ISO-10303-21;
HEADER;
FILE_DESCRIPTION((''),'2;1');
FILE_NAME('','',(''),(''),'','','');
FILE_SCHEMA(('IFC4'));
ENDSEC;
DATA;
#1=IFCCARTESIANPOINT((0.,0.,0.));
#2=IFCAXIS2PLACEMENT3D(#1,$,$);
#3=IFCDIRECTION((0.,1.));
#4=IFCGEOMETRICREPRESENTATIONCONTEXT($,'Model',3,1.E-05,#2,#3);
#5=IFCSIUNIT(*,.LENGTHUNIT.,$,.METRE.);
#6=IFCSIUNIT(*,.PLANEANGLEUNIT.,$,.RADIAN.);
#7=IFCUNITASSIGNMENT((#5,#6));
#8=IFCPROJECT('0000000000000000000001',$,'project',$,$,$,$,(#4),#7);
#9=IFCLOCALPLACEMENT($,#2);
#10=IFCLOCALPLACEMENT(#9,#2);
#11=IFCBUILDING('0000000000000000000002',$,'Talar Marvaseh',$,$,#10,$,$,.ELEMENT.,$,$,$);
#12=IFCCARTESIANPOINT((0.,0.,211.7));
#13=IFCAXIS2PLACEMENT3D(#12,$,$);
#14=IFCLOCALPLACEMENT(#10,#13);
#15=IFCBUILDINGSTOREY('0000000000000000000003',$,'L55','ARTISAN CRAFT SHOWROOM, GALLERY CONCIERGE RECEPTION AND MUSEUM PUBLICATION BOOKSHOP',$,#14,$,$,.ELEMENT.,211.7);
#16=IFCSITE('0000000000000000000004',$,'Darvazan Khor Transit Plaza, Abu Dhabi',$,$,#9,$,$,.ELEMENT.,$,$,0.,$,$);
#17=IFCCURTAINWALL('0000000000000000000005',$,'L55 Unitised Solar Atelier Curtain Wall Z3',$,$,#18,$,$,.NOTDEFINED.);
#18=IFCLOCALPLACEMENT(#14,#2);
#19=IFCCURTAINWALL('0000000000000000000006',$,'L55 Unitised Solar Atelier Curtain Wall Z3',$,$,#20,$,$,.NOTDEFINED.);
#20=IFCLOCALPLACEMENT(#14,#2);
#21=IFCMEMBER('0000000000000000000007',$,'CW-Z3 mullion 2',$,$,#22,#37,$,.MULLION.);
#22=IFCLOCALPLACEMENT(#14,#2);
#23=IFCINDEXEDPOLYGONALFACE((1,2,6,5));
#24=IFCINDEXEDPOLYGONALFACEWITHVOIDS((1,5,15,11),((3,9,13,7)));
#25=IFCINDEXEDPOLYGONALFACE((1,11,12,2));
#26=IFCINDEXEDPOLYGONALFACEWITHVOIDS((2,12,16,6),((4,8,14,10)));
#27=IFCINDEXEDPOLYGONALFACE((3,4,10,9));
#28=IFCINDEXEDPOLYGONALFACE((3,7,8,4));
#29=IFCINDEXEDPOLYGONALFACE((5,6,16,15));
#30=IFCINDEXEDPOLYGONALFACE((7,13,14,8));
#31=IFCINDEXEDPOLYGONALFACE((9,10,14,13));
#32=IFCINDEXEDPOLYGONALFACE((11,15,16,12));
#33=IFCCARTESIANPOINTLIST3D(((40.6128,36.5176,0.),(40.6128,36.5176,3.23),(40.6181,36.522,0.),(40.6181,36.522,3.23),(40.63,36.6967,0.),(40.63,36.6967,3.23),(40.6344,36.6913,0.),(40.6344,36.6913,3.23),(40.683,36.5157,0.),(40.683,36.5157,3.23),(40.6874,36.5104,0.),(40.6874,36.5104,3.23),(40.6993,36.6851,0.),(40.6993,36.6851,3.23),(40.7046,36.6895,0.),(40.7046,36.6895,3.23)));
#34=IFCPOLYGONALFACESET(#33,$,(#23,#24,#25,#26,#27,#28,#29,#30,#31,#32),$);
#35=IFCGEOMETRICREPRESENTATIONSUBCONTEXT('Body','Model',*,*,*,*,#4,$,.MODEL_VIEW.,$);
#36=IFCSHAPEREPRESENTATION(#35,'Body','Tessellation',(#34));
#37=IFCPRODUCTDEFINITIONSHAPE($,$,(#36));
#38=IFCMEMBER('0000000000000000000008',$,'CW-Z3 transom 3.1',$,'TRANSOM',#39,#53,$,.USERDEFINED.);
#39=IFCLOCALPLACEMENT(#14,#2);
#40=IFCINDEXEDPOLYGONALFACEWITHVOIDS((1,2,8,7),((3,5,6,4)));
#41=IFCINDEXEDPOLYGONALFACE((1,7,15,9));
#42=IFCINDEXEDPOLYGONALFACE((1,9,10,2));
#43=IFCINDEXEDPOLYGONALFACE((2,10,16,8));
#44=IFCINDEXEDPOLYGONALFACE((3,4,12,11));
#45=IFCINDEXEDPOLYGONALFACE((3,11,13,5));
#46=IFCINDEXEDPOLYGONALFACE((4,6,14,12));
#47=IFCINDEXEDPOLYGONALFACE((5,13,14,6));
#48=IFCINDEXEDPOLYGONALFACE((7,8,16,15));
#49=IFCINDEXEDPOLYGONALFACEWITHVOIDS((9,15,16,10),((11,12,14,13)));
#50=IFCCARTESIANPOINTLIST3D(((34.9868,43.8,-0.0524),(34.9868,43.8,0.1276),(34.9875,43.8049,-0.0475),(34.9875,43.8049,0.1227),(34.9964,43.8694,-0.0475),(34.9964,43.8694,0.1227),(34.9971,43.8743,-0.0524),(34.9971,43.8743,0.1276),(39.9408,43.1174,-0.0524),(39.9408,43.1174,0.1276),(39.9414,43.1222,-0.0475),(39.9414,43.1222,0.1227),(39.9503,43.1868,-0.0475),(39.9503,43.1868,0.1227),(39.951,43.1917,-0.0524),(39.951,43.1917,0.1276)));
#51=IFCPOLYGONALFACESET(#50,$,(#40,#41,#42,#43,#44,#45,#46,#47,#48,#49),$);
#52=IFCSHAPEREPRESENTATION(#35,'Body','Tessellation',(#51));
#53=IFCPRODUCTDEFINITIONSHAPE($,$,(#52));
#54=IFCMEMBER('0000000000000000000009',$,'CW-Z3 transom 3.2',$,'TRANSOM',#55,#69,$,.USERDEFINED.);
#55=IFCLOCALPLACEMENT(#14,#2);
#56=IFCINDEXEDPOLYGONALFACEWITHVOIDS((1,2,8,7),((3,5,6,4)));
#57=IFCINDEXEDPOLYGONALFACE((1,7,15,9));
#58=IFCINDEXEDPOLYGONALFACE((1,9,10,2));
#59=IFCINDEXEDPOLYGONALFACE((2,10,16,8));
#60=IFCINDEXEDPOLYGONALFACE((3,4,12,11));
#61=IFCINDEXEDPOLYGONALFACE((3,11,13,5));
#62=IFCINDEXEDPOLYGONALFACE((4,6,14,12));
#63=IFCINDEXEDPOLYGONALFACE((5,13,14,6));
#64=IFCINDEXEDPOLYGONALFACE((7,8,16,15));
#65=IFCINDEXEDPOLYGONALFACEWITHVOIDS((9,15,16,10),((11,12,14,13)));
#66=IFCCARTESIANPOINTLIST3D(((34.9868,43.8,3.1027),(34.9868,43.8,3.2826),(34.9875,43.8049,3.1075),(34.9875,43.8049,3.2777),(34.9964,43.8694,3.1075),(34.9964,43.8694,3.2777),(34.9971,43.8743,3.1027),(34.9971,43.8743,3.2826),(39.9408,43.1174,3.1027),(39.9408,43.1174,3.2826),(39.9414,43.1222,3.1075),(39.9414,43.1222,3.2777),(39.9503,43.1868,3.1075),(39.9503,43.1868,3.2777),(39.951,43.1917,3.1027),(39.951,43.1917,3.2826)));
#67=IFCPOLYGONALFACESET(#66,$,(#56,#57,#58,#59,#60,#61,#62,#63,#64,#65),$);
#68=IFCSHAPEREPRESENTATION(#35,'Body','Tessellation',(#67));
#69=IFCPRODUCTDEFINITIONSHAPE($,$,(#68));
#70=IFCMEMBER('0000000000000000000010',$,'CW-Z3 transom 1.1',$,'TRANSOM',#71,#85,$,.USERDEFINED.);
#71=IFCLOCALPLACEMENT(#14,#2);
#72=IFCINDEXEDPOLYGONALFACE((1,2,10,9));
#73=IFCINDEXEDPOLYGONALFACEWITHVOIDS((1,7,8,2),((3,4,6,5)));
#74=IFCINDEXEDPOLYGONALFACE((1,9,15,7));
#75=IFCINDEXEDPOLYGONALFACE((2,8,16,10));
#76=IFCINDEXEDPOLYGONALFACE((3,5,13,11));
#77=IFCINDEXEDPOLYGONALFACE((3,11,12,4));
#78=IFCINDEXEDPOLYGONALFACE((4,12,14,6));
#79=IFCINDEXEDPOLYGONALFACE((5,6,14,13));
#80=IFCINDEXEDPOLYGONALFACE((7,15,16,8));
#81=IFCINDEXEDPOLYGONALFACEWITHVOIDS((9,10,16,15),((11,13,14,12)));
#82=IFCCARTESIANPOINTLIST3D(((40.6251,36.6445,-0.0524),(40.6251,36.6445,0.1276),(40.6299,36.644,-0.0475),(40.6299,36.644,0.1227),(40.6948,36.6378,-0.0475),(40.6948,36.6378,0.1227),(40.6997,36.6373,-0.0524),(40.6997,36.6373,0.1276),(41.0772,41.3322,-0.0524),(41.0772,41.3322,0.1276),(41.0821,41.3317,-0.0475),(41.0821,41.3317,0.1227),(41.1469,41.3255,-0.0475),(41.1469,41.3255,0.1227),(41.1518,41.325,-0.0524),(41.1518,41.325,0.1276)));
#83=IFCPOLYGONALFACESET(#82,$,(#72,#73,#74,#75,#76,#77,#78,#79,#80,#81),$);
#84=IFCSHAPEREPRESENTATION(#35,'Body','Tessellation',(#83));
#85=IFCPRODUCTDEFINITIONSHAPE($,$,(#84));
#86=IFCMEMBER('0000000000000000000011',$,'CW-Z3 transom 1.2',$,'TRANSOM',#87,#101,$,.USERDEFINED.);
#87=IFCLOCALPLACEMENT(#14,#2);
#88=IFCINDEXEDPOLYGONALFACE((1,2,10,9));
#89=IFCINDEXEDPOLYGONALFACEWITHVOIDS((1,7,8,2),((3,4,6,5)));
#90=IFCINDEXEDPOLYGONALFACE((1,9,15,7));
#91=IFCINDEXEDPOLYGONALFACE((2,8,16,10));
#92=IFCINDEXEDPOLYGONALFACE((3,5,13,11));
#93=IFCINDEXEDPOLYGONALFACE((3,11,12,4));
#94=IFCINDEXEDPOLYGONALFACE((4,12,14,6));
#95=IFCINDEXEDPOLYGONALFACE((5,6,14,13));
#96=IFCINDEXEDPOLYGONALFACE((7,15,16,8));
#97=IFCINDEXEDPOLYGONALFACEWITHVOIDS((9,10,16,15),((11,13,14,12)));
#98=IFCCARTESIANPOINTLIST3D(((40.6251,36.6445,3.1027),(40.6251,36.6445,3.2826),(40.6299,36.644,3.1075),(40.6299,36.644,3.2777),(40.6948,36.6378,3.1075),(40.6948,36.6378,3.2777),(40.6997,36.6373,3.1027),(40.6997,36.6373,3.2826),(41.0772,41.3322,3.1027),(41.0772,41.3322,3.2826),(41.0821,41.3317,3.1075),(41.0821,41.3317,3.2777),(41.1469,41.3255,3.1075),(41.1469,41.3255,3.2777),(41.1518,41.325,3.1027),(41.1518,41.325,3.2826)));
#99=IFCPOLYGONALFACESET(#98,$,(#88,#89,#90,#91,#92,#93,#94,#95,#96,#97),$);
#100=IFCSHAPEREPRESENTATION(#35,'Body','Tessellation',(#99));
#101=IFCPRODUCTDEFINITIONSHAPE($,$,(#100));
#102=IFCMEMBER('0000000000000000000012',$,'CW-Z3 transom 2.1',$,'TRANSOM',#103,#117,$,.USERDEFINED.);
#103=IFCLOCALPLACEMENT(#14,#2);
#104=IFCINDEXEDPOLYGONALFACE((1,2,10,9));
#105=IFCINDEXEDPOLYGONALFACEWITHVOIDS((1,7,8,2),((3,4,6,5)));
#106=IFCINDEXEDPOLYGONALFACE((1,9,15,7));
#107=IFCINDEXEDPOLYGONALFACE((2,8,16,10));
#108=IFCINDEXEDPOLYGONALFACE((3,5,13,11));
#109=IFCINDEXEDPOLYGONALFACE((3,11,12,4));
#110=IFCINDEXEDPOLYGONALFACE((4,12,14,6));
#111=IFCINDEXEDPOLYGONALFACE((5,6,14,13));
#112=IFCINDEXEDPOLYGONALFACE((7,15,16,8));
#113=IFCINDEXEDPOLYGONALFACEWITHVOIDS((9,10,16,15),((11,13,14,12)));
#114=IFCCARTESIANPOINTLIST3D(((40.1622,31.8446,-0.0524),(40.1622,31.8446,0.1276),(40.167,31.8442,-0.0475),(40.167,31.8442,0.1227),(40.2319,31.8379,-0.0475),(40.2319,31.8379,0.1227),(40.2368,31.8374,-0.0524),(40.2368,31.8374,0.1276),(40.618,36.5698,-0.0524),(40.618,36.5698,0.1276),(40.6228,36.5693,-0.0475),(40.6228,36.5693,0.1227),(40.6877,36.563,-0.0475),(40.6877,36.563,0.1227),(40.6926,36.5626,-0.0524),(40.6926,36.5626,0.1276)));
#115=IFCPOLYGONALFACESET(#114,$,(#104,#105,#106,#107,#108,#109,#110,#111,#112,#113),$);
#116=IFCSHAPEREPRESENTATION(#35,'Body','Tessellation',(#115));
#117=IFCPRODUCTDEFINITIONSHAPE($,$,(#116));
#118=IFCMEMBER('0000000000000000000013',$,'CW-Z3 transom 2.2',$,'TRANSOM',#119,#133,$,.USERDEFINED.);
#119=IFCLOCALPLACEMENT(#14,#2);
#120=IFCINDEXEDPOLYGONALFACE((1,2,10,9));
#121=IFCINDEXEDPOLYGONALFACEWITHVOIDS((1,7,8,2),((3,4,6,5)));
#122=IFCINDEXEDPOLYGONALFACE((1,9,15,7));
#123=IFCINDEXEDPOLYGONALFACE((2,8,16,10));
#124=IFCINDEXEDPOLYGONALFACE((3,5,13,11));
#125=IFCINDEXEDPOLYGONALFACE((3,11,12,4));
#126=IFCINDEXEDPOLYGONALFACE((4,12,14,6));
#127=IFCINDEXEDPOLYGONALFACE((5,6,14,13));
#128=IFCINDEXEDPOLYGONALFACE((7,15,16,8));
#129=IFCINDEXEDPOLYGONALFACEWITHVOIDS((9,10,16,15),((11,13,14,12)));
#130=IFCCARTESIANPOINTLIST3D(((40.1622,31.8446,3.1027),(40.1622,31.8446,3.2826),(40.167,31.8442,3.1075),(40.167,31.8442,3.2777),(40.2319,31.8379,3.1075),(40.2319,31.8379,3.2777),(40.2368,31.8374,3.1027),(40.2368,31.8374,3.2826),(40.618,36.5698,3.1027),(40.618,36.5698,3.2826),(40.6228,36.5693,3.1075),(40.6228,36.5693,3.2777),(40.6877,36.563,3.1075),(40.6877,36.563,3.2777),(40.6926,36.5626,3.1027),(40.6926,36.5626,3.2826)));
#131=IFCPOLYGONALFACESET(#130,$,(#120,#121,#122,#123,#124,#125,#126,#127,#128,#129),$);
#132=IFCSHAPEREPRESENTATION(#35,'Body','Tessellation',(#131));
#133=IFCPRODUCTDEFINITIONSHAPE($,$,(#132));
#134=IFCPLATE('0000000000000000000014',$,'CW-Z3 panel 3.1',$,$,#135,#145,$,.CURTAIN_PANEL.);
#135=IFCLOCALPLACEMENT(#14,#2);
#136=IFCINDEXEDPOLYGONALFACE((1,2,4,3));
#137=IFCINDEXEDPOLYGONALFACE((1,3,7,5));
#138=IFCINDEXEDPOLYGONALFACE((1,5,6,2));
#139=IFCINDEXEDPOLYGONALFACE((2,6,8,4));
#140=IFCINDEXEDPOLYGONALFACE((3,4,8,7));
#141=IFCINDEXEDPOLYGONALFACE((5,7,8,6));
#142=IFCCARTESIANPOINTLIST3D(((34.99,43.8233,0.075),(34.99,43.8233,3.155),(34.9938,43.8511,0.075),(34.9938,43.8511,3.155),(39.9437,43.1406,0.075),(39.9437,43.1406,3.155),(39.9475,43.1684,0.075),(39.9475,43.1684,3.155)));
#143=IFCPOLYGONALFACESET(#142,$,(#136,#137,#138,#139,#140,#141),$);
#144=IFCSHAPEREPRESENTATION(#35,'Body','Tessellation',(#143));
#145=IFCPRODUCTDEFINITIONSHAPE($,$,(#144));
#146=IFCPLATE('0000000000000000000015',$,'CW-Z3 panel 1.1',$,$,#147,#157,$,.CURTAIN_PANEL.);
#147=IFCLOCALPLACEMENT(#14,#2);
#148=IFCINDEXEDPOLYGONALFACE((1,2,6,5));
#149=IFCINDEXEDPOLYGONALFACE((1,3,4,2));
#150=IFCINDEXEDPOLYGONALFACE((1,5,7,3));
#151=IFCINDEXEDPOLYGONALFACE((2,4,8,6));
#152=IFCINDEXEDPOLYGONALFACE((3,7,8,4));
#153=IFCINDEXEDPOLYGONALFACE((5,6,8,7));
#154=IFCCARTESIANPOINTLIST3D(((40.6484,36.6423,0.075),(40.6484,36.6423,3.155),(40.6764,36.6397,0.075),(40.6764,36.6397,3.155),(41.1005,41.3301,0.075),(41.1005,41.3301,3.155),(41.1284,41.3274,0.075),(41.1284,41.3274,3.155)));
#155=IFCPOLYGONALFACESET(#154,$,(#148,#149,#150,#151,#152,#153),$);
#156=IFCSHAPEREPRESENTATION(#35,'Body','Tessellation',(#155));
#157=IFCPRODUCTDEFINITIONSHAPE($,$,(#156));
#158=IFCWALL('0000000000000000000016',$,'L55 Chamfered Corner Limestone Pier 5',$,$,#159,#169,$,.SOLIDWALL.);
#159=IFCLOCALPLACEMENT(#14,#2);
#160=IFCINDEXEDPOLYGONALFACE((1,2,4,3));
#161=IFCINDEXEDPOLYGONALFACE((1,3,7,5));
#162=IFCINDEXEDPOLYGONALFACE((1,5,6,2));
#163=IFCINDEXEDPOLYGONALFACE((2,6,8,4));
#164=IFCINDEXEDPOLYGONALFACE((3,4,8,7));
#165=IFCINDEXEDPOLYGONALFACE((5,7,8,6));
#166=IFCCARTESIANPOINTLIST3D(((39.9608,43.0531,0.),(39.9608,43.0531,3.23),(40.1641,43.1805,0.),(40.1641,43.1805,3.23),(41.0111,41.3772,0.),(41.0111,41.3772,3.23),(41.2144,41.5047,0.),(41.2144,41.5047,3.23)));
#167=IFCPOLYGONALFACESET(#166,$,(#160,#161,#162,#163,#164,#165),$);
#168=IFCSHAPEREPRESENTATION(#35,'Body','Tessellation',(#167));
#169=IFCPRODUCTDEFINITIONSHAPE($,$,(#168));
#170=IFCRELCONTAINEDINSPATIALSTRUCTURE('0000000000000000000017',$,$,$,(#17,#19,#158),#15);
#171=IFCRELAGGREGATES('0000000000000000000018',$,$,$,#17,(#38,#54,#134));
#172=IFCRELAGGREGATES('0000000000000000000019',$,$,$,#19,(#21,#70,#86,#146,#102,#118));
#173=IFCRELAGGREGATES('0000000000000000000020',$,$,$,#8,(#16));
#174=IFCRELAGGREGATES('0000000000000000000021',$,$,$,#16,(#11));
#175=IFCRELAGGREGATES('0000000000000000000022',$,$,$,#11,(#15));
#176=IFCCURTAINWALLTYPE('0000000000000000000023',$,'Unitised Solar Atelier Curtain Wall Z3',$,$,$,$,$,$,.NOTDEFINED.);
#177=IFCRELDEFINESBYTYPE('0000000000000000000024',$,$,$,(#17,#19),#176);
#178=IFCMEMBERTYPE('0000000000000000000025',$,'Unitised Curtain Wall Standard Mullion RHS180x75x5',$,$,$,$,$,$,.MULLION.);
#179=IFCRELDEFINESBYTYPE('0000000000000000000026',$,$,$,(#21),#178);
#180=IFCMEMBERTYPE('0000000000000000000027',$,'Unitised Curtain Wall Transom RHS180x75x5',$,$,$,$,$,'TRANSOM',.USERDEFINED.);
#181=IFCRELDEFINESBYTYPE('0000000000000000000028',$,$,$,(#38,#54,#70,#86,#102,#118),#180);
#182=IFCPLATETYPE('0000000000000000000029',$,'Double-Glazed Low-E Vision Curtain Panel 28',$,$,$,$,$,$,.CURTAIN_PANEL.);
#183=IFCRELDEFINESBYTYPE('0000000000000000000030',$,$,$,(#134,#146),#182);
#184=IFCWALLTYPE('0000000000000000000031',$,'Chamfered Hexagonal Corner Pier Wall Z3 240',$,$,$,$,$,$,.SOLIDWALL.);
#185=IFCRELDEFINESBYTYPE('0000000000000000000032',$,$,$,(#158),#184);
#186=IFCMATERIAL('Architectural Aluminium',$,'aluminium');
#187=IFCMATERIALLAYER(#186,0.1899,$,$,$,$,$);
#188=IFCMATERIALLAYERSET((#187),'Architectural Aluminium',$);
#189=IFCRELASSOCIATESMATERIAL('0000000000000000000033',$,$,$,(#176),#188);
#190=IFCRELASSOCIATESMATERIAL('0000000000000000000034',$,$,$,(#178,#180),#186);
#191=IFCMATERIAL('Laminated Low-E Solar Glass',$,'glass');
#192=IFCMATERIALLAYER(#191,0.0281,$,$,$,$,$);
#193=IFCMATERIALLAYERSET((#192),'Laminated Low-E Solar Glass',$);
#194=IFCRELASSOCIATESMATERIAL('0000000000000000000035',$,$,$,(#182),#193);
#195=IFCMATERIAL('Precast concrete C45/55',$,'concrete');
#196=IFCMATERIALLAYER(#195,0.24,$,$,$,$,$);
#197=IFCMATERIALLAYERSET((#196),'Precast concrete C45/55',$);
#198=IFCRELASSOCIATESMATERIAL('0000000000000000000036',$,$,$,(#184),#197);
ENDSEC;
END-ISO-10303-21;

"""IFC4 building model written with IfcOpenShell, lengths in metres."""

from ifc_helpers import new_model, si_unit, direction, frame, frame_2d, origin, origin_2d, place, context, subcontext, project, spatial, rectangle, hollow_rectangle, extrude, source, transform, mapped, material, layer, layer_set, material_profile, profile_set, type_object, type_shapes, element, aggregate, save


model = new_model("IFC4")

# Units and contexts
model_context = context("Model", 3, precision=1e-05, world=origin(), true_north=direction((0.0, 1.0)))
body_context = subcontext(model_context, "Body", "Model", "MODEL_VIEW")
ifc_project = project(units=[si_unit("LENGTHUNIT", "METRE"), si_unit("PLANEANGLEUNIT", "RADIAN")], contexts=[model_context])

# Site, building, storey
site_placement = place(None, origin())
site = spatial("IfcSite", under=ifc_project, at=site_placement, Name="Darvazan Khor Transit Plaza, Abu Dhabi", CompositionType="ELEMENT", RefElevation=0.0)
building_placement = place(site_placement, origin())
building = spatial("IfcBuilding", under=site, at=building_placement, Name="Talar Marvaseh", CompositionType="ELEMENT")
storey_placement = place(building_placement, frame((0.0, 0.0, 211.7)))
storey = spatial("IfcBuildingStorey", under=building, at=storey_placement, Name="L55", Description="ARTISAN CRAFT SHOWROOM, GALLERY CONCIERGE RECEPTION AND MUSEUM PUBLICATION BOOKSHOP", CompositionType="ELEMENT", Elevation=211.7)

# Curtain walls, member
ifc_material_1 = material(Name="Architectural Aluminium", Category="aluminium")
ifc_layer_1 = layer(ifc_material_1, 0.1899)
ifc_layer_set_1 = layer_set([ifc_layer_1], Name="Architectural Aluminium")
curtain_wall_type = type_object("IfcCurtainWallType", Name="Unitised Solar Atelier Curtain Wall Z3", PredefinedType="NOTDEFINED", material=ifc_layer_set_1)
curtain_wall_1_placement = place(storey_placement, origin())
curtain_wall_1 = element("IfcCurtainWall", 1, at=curtain_wall_1_placement, inside=storey, type_object=curtain_wall_type, Name="L55 Unitised Solar Atelier Curtain Wall Z3", PredefinedType="NOTDEFINED")
ifc_material_profile_1 = material_profile(ifc_material_1, hollow_rectangle(XDim=0.075, YDim=0.1799, WallThickness=0.0049, at=origin_2d()), Name="RHS180x75x5")
ifc_profile_set_1 = profile_set([ifc_material_profile_1], Name="Architectural Aluminium")
member_type_1 = type_object("IfcMemberType", Name="Unitised Curtain Wall Standard Mullion RHS180x75x5", PredefinedType="MULLION", material=ifc_profile_set_1)
shared_shape_1 = source(origin(), body_context, "Body", "SweptSolid", [
    extrude(hollow_rectangle(XDim=0.075, YDim=0.1799, WallThickness=0.0049, at=origin_2d()), origin(), (0.0, 0.0, 1.0), 3.23),
])
type_shapes(member_type_1, [shared_shape_1])
curtain_wall_2_placement = place(storey_placement, origin())
curtain_wall_2 = element("IfcCurtainWall", 2, at=curtain_wall_2_placement, inside=storey, type_object=curtain_wall_type, Name="L55 Unitised Solar Atelier Curtain Wall Z3", PredefinedType="NOTDEFINED")
member_1_placement = place(storey_placement, frame((40.6587, 36.6035, 0.0), z_axis=(0.0, 0.0, 1.0), x_axis=(0.995382, -0.095997, 0.0)))
member_1 = element("IfcMember", 3, at=member_1_placement, type_object=member_type_1, Name="CW-Z3 mullion 2", PredefinedType="MULLION", context=body_context, shape_type="MappedRepresentation", body=[
    mapped(shared_shape_1, transform((0.0, 0.0, 0.0), x_axis=(1.0, 0.0, 0.0), y_axis=(0.0, 1.0, 0.0), z_axis=(0.0, 0.0, 1.0), scale=1.0)),
])

# Members
ifc_material_profile_2 = material_profile(ifc_material_1, hollow_rectangle(XDim=0.075, YDim=0.1799, WallThickness=0.0049, at=origin_2d()), Name="RHS180x75x5")
ifc_profile_set_2 = profile_set([ifc_material_profile_2], Name="Architectural Aluminium")
member_type_2 = type_object("IfcMemberType", Name="Unitised Curtain Wall Transom RHS180x75x5", ElementType="TRANSOM", PredefinedType="USERDEFINED", material=ifc_profile_set_2)
shared_shape_2 = source(origin(), body_context, "Body", "SweptSolid", [
    extrude(hollow_rectangle(XDim=0.075, YDim=0.1799, WallThickness=0.0049, at=origin_2d()), origin(), (0.0, 0.0, 1.0), 5.0007),
])
member_2_placement = place(storey_placement, frame((34.9919, 43.8372, 0.0376), z_axis=(0.990639, -0.136505, 0.0), x_axis=(0.136505, 0.990639, 0.0)))
member_2 = element("IfcMember", 4, at=member_2_placement, type_object=member_type_2, Name="CW-Z3 transom 3.1", ObjectType="TRANSOM", PredefinedType="USERDEFINED", context=body_context, shape_type="MappedRepresentation", body=[
    mapped(shared_shape_2, transform((0.0, 0.0, 0.0), x_axis=(1.0, 0.0, 0.0), y_axis=(0.0, 1.0, 0.0), z_axis=(0.0, 0.0, 1.0), scale=1.0)),
])
member_3_placement = place(storey_placement, frame((34.9919, 43.8372, 3.1926), z_axis=(0.990639, -0.136505, 0.0), x_axis=(0.136505, 0.990639, 0.0)))
member_3 = element("IfcMember", 5, at=member_3_placement, type_object=member_type_2, Name="CW-Z3 transom 3.2", ObjectType="TRANSOM", PredefinedType="USERDEFINED", context=body_context, shape_type="MappedRepresentation", body=[
    mapped(shared_shape_2, transform((0.0, 0.0, 0.0), x_axis=(1.0, 0.0, 0.0), y_axis=(0.0, 1.0, 0.0), z_axis=(0.0, 0.0, 1.0), scale=1.0)),
])
shared_shape_3 = source(origin(), body_context, "Body", "SweptSolid", [
    extrude(hollow_rectangle(XDim=0.075, YDim=0.1799, WallThickness=0.0049, at=origin_2d()), origin(), (0.0, 0.0, 1.0), 4.7095),
])
member_4_placement = place(storey_placement, frame((41.1145, 41.3286, 0.0376), z_axis=(-0.096008, -0.995381, 0.0), x_axis=(0.995381, -0.096008, 0.0)))
member_4 = element("IfcMember", 6, at=member_4_placement, type_object=member_type_2, Name="CW-Z3 transom 1.1", ObjectType="TRANSOM", PredefinedType="USERDEFINED", context=body_context, shape_type="MappedRepresentation", body=[
    mapped(shared_shape_3, transform((0.0, 0.0, 0.0), x_axis=(1.0, 0.0, 0.0), y_axis=(0.0, 1.0, 0.0), z_axis=(0.0, 0.0, 1.0), scale=1.0)),
])
member_5_placement = place(storey_placement, frame((41.1145, 41.3286, 3.1926), z_axis=(-0.096008, -0.995381, 0.0), x_axis=(0.995381, -0.096008, 0.0)))
member_5 = element("IfcMember", 7, at=member_5_placement, type_object=member_type_2, Name="CW-Z3 transom 1.2", ObjectType="TRANSOM", PredefinedType="USERDEFINED", context=body_context, shape_type="MappedRepresentation", body=[
    mapped(shared_shape_3, transform((0.0, 0.0, 0.0), x_axis=(1.0, 0.0, 0.0), y_axis=(0.0, 1.0, 0.0), z_axis=(0.0, 0.0, 1.0), scale=1.0)),
])
shared_shape_4 = source(origin(), body_context, "Body", "SweptSolid", [
    extrude(hollow_rectangle(XDim=0.075, YDim=0.1799, WallThickness=0.0049, at=origin_2d()), origin(), (0.0, 0.0, 1.0), 4.7471),
])
type_shapes(member_type_2, [shared_shape_2, shared_shape_3, shared_shape_4])
member_6_placement = place(storey_placement, frame((40.6553, 36.5662, 0.0376), z_axis=(-0.09602, -0.995379, 0.0), x_axis=(0.995379, -0.09602, 0.0)))
member_6 = element("IfcMember", 8, at=member_6_placement, type_object=member_type_2, Name="CW-Z3 transom 2.1", ObjectType="TRANSOM", PredefinedType="USERDEFINED", context=body_context, shape_type="MappedRepresentation", body=[
    mapped(shared_shape_4, transform((0.0, 0.0, 0.0), x_axis=(1.0, 0.0, 0.0), y_axis=(0.0, 1.0, 0.0), z_axis=(0.0, 0.0, 1.0), scale=1.0)),
])
member_7_placement = place(storey_placement, frame((40.6553, 36.5662, 3.1926), z_axis=(-0.09602, -0.995379, 0.0), x_axis=(0.995379, -0.09602, 0.0)))
member_7 = element("IfcMember", 9, at=member_7_placement, type_object=member_type_2, Name="CW-Z3 transom 2.2", ObjectType="TRANSOM", PredefinedType="USERDEFINED", context=body_context, shape_type="MappedRepresentation", body=[
    mapped(shared_shape_4, transform((0.0, 0.0, 0.0), x_axis=(1.0, 0.0, 0.0), y_axis=(0.0, 1.0, 0.0), z_axis=(0.0, 0.0, 1.0), scale=1.0)),
])

# Plates
ifc_material_2 = material(Name="Laminated Low-E Solar Glass", Category="glass")
ifc_layer_2 = layer(ifc_material_2, 0.0281)
ifc_layer_set_2 = layer_set([ifc_layer_2], Name="Laminated Low-E Solar Glass")
plate_type = type_object("IfcPlateType", Name="Double-Glazed Low-E Vision Curtain Panel 28", PredefinedType="CURTAIN_PANEL", material=ifc_layer_set_2)
shared_shape_5 = source(origin(), body_context, "Body", "SweptSolid", [
    extrude(rectangle(XDim=5.0005, YDim=0.0281, at=origin_2d()), origin(), (0.0, 0.0, 1.0), 3.0801),
])
plate_1_placement = place(storey_placement, frame((37.4688, 43.4958, 0.075), z_axis=(0.0, 0.0, 1.0), x_axis=(0.990638, -0.136515, 0.0)))
plate_1 = element("IfcPlate", 10, at=plate_1_placement, type_object=plate_type, Name="CW-Z3 panel 3.1", PredefinedType="CURTAIN_PANEL", context=body_context, shape_type="MappedRepresentation", body=[
    mapped(shared_shape_5, transform((0.0, 0.0, 0.0), x_axis=(1.0, 0.0, 0.0), y_axis=(0.0, 1.0, 0.0), z_axis=(0.0, 0.0, 1.0), scale=1.0)),
])
aggregate(curtain_wall_1, [member_2, member_3, plate_1])
shared_shape_6 = source(origin(), body_context, "Body", "SweptSolid", [
    extrude(rectangle(XDim=4.7095, YDim=0.0281, at=origin_2d()), origin(), (0.0, 0.0, 1.0), 3.0801),
])
type_shapes(plate_type, [shared_shape_5, shared_shape_6])
plate_2_placement = place(storey_placement, frame((40.8884, 38.9849, 0.075), z_axis=(0.0, 0.0, 1.0), x_axis=(-0.095997, -0.995382, 0.0)))
plate_2 = element("IfcPlate", 11, at=plate_2_placement, type_object=plate_type, Name="CW-Z3 panel 1.1", PredefinedType="CURTAIN_PANEL", context=body_context, shape_type="MappedRepresentation", body=[
    mapped(shared_shape_6, transform((0.0, 0.0, 0.0), x_axis=(1.0, 0.0, 0.0), y_axis=(0.0, 1.0, 0.0), z_axis=(0.0, 0.0, 1.0), scale=1.0)),
])
aggregate(curtain_wall_2, [member_1, member_4, member_5, plate_2, member_6, member_7])

# Wall
ifc_material_3 = material(Name="Precast concrete C45/55", Category="concrete")
ifc_layer_3 = layer(ifc_material_3, 0.24)
ifc_layer_set_3 = layer_set([ifc_layer_3], Name="Precast concrete C45/55")
wall_type_1 = type_object("IfcWallType", Name="Chamfered Hexagonal Corner Pier Wall Z3 240", PredefinedType="SOLIDWALL", material=ifc_layer_set_3)
wall_1_placement = place(storey_placement, frame((40.0625, 43.1167, 0.0), z_axis=(0.0, 0.0, 1.0), x_axis=(0.531064, -0.847332, 0.0)))
element("IfcWall", 12, at=wall_1_placement, inside=storey, type_object=wall_type_1, Name="L55 Chamfered Corner Limestone Pier 5", PredefinedType="SOLIDWALL", context=body_context, shape_type="SweptSolid", body=[
    extrude(rectangle(XDim=1.9778, YDim=0.24, at=frame_2d((0.9888, 0.0))), origin(), (0.0, 0.0, 1.0), 3.23),
])

save(model, "model.ifc")
